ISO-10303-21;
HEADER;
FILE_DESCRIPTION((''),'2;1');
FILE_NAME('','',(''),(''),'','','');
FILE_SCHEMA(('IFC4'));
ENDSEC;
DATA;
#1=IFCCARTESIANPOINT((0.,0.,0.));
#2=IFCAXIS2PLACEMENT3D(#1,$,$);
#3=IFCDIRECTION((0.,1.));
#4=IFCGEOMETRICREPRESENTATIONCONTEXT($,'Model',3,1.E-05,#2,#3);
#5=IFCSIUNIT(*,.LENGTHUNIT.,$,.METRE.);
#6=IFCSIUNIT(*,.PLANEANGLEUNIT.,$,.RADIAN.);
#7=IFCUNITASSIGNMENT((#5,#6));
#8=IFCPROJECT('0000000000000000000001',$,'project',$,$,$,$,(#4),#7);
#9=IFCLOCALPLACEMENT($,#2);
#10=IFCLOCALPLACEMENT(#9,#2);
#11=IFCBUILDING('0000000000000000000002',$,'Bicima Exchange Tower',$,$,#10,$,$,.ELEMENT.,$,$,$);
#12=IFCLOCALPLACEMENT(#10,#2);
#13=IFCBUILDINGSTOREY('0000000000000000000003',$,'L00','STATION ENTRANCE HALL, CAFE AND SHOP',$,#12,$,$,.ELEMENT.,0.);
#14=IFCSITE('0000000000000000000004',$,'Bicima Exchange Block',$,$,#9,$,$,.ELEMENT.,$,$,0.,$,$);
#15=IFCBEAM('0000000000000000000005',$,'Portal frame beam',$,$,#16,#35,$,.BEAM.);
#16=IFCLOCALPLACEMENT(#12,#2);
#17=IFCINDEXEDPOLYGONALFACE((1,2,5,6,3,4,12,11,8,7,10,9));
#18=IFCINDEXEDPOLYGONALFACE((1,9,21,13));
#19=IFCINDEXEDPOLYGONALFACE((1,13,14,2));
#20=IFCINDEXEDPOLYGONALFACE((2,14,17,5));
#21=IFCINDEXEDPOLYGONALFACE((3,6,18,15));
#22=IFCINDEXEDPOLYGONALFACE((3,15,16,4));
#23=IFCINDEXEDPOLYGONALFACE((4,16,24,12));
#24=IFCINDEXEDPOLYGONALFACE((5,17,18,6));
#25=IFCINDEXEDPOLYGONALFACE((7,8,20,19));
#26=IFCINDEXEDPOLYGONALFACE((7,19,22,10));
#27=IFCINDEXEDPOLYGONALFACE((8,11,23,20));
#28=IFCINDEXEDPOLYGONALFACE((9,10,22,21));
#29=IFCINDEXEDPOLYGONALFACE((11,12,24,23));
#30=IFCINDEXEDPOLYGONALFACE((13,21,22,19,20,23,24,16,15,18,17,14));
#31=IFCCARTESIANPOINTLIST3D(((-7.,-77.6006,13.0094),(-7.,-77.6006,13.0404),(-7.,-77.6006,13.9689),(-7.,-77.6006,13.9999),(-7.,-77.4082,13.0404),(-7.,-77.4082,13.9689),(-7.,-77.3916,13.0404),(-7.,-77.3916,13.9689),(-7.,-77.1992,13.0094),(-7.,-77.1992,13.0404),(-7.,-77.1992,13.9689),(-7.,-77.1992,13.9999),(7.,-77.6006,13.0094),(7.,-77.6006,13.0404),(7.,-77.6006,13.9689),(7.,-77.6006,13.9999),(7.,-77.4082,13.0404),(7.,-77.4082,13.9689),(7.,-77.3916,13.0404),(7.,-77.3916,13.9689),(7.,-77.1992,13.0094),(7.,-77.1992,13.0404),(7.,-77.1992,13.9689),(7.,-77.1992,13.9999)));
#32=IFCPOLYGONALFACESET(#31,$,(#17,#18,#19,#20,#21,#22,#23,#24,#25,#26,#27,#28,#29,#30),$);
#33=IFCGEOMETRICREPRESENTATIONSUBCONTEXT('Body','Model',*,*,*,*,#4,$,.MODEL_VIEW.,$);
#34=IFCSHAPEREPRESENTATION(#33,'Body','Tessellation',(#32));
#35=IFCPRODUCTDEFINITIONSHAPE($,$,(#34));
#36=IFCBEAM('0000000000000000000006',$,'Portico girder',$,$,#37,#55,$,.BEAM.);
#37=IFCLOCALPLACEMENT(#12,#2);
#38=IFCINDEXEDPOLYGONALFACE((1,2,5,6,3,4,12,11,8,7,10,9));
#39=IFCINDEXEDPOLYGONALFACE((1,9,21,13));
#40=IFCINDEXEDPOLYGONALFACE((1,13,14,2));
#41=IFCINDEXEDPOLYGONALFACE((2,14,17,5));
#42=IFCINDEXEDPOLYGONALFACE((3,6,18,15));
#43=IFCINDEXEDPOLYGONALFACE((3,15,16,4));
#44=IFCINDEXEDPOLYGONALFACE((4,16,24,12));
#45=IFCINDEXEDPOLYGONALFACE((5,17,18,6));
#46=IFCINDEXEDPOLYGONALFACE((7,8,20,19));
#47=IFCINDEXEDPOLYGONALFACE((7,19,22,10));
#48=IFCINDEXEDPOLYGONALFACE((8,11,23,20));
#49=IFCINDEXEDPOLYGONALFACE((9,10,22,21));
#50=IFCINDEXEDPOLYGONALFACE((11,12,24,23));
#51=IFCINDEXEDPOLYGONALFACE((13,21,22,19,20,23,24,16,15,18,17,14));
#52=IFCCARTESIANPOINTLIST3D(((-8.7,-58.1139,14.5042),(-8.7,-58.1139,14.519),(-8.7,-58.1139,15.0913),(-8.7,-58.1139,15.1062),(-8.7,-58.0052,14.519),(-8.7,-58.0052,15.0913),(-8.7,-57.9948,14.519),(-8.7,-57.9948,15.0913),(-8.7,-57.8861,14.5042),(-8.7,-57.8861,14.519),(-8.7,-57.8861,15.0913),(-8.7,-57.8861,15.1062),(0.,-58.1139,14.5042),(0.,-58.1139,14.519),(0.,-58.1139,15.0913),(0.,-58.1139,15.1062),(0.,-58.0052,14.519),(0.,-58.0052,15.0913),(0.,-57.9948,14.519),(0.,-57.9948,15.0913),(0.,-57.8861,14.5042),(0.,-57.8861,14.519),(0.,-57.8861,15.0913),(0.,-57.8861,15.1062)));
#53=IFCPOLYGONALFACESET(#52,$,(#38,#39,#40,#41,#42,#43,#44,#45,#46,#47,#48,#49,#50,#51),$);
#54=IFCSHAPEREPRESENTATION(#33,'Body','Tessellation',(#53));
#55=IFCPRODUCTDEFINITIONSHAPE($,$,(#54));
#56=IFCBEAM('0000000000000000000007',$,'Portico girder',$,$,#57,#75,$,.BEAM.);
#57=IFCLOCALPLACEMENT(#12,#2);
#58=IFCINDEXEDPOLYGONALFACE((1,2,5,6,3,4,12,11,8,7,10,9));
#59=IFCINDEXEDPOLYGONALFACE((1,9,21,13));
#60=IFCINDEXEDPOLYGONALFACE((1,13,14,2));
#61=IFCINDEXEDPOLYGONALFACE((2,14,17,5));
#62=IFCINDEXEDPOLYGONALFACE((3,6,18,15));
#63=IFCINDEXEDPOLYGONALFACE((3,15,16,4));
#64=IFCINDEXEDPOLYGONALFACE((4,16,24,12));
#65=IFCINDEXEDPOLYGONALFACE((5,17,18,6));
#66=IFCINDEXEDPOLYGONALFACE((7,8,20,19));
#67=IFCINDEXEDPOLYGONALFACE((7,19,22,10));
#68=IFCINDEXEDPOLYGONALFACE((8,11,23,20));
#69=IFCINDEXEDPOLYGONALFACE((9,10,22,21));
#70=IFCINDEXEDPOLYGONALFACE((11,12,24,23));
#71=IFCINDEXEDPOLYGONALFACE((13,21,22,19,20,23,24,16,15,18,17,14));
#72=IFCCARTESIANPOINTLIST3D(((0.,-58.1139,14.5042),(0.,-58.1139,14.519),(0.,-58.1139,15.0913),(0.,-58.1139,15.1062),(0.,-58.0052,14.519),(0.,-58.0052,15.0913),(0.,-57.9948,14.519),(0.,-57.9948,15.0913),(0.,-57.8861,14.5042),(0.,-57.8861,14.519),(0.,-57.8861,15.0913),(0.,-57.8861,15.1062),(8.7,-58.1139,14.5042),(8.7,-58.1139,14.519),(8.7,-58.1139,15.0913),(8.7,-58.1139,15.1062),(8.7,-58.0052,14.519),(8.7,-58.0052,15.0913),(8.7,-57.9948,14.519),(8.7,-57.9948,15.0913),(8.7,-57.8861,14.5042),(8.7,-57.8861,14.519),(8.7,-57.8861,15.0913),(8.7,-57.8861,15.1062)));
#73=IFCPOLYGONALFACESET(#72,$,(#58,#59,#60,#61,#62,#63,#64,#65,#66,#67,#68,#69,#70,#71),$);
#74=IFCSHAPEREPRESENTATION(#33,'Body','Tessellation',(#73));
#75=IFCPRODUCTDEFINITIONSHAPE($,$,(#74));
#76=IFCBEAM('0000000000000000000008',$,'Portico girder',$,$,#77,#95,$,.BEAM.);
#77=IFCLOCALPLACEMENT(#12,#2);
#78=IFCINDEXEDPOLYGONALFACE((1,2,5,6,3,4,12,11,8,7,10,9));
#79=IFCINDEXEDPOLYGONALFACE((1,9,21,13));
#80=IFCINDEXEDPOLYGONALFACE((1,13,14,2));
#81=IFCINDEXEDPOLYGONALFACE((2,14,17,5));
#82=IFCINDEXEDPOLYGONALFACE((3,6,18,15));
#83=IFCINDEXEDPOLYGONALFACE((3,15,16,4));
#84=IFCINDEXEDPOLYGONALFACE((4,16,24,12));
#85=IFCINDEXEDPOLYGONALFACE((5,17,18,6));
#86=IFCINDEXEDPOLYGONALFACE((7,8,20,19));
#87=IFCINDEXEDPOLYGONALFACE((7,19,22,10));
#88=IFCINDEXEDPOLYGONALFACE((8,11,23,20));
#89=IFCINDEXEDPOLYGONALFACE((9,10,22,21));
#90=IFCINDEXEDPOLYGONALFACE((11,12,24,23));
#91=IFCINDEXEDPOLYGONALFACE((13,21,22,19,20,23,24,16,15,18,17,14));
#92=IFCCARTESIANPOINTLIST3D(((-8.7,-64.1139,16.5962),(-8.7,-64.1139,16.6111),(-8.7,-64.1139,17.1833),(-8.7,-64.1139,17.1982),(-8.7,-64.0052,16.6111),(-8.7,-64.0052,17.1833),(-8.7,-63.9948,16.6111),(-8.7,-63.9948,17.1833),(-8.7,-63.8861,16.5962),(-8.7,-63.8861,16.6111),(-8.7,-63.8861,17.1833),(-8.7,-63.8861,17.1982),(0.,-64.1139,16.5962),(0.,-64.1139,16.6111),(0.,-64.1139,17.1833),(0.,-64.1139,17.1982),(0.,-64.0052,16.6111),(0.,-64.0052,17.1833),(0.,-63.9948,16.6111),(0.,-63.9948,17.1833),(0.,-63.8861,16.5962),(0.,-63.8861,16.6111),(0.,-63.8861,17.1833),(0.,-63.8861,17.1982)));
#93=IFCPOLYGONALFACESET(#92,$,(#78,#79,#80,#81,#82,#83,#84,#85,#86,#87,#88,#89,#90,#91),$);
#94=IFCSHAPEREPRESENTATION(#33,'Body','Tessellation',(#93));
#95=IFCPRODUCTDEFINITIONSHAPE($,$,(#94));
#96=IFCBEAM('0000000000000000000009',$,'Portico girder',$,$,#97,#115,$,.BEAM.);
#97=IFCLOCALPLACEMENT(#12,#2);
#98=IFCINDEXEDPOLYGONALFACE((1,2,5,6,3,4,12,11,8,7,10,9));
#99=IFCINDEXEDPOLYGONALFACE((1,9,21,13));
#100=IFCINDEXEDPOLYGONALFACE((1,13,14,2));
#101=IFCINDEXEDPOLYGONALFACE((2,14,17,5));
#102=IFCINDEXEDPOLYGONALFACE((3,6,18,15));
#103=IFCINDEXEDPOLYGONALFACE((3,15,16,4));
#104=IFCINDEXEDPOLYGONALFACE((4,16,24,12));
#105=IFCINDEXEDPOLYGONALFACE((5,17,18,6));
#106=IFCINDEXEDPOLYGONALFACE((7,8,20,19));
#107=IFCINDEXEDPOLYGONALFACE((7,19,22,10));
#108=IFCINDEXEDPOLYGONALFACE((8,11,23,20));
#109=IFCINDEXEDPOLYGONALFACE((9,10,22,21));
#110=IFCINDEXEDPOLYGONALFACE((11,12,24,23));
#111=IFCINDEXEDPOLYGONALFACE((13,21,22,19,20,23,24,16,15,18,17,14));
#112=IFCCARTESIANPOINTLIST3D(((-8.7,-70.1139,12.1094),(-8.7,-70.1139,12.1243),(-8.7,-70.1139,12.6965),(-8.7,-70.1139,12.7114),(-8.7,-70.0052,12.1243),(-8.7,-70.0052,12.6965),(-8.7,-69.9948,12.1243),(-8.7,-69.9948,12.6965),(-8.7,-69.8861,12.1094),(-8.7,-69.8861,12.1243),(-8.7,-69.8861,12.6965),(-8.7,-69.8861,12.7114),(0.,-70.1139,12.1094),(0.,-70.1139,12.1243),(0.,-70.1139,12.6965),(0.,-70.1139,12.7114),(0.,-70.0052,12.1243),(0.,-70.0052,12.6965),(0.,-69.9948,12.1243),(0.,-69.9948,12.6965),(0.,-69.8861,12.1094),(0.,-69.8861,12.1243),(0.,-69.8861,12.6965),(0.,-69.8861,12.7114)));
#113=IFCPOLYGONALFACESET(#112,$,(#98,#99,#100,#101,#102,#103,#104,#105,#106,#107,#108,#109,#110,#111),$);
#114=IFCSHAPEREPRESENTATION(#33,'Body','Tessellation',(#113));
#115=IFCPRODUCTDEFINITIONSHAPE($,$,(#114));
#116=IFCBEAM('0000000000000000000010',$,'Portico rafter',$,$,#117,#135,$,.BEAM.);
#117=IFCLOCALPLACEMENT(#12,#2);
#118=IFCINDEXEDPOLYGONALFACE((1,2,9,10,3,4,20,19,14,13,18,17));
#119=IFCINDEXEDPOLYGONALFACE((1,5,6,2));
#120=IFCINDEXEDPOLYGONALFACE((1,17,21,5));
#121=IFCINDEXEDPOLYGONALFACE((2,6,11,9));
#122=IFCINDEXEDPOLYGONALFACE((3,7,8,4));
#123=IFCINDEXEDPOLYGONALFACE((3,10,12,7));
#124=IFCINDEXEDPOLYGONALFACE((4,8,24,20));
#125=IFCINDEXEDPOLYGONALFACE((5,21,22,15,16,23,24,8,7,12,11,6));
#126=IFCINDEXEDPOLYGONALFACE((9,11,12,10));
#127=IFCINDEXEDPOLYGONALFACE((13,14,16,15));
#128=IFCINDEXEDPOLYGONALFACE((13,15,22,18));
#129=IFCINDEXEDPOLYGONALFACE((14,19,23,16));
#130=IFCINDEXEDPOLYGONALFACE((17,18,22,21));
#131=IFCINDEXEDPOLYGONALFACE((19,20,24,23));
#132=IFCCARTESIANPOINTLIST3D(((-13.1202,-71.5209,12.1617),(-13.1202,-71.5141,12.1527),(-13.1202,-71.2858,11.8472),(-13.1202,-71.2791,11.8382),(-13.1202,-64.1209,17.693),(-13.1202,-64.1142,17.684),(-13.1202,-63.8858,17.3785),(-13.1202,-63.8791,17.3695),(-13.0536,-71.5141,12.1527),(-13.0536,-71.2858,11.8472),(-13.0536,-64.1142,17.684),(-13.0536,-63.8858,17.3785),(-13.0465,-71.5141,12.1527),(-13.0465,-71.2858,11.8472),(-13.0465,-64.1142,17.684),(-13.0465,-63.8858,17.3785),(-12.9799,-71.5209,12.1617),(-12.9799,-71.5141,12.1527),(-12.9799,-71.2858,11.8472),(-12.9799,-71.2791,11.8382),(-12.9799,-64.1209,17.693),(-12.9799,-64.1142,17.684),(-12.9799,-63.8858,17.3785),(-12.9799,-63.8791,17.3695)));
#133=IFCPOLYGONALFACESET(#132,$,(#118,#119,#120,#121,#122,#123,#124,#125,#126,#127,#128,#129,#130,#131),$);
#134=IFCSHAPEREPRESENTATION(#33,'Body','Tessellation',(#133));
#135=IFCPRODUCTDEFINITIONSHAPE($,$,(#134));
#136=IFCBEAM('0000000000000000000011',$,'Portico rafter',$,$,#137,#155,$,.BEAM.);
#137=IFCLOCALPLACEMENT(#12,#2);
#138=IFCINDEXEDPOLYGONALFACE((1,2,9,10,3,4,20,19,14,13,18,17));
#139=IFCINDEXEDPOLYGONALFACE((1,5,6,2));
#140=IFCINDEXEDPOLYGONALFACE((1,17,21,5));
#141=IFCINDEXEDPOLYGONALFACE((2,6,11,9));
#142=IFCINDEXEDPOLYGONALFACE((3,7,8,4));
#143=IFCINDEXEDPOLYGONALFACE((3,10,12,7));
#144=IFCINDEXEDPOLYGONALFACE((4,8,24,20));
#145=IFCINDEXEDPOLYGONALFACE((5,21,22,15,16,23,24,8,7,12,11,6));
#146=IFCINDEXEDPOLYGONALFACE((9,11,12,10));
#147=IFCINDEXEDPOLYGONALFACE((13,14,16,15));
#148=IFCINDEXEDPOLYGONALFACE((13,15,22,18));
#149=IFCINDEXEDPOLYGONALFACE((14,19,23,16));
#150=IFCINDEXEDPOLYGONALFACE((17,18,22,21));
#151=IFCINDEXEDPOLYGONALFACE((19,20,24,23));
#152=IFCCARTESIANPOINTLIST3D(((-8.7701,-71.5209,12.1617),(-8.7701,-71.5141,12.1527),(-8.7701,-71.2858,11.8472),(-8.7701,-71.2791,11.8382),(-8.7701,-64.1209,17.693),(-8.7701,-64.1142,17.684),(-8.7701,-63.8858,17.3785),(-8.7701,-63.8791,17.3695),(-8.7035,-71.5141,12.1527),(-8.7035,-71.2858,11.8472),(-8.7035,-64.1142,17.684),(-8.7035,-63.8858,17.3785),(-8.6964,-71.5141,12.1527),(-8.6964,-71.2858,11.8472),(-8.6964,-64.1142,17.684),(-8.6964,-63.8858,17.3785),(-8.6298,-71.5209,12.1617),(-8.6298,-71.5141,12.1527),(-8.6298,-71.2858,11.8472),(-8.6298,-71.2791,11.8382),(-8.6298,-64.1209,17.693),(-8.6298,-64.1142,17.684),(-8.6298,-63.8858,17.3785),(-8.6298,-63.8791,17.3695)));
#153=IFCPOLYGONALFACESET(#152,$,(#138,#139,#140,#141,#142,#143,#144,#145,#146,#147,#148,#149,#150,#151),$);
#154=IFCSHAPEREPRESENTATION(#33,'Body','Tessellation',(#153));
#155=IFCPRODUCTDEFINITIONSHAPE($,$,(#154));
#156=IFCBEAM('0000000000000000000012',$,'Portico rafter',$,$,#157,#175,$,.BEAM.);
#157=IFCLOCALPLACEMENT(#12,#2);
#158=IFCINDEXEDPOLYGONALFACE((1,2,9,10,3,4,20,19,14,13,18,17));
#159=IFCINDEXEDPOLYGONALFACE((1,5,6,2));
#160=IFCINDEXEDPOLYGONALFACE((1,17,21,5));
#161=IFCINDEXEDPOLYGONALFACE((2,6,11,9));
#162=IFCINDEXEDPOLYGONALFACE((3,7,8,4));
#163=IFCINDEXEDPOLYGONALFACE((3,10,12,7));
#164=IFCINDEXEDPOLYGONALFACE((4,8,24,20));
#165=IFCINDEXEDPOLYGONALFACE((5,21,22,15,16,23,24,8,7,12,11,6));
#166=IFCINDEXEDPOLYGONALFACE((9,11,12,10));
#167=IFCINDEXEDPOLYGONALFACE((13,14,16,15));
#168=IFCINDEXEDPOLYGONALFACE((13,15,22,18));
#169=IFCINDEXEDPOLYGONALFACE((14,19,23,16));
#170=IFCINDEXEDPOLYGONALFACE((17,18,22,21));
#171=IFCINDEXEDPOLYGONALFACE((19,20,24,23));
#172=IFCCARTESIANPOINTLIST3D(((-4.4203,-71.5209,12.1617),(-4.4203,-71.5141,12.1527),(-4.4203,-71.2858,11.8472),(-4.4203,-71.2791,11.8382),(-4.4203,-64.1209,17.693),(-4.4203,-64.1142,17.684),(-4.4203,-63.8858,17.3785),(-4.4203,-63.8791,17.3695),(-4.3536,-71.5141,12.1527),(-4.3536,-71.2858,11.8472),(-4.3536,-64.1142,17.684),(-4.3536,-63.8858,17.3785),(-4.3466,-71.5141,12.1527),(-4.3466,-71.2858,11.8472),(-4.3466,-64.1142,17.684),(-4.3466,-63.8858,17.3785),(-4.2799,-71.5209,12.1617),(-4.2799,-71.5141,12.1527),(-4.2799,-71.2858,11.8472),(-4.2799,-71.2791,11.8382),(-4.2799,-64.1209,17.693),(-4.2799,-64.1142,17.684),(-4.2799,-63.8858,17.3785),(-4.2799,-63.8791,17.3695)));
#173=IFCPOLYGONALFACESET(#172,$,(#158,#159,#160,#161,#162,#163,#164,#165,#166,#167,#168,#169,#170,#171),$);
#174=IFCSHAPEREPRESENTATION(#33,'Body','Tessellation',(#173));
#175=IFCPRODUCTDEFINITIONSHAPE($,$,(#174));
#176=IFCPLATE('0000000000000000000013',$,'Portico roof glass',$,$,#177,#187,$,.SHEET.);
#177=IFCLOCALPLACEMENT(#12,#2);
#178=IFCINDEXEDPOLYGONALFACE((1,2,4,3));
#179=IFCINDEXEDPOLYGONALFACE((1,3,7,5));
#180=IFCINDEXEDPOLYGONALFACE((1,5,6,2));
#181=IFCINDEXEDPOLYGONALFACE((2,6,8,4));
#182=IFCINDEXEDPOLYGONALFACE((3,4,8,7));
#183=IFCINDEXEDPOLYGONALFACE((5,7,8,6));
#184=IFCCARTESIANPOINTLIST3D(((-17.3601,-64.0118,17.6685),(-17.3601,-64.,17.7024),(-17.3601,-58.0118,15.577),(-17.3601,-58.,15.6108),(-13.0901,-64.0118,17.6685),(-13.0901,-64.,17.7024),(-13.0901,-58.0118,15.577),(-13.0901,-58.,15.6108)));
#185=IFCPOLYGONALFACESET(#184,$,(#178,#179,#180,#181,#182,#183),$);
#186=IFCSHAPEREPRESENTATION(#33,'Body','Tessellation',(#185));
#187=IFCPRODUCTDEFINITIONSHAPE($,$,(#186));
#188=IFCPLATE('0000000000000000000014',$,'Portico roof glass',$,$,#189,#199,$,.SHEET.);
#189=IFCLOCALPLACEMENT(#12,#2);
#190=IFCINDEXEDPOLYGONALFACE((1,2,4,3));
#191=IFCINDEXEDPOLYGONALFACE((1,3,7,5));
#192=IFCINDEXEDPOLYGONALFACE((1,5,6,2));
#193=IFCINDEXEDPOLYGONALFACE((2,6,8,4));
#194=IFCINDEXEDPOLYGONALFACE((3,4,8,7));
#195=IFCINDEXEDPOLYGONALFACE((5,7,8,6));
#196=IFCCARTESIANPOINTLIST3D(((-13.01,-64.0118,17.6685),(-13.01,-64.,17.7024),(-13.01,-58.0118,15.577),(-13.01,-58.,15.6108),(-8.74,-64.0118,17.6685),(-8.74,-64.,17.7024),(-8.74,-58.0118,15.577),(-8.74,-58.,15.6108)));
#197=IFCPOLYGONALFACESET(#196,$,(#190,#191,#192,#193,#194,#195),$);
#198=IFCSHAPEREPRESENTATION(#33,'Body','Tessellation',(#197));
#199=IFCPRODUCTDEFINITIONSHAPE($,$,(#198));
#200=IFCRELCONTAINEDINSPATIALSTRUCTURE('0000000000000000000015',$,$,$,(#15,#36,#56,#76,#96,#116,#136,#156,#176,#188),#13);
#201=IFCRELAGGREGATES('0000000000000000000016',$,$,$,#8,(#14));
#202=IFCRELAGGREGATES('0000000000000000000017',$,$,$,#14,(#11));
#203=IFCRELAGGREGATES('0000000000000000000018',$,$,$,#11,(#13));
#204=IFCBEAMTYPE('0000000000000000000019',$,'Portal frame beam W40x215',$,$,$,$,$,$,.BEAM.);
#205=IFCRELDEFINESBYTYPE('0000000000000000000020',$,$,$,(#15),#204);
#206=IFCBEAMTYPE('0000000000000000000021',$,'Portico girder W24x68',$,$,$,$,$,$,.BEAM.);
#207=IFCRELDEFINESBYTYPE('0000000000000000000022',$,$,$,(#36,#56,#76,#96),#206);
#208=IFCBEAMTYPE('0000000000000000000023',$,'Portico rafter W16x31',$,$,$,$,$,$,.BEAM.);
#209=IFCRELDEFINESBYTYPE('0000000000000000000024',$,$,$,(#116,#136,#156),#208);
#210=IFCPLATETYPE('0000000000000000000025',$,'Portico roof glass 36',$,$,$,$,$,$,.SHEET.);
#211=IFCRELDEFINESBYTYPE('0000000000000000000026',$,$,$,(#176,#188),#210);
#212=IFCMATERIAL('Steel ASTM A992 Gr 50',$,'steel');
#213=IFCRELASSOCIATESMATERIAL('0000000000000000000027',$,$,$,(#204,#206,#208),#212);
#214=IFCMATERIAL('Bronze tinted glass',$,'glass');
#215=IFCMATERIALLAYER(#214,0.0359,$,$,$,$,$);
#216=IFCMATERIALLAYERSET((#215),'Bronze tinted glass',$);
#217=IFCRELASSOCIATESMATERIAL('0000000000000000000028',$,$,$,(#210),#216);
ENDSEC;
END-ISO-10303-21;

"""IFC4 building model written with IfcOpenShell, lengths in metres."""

from ifc_helpers import new_model, si_unit, direction, frame, origin, origin_2d, place, context, subcontext, project, spatial, polyline, i_section, outline, extrude, material, layer, layer_set, material_profile, profile_set, type_object, element, save


model = new_model("IFC4")

# Units and contexts
model_context = context("Model", 3, precision=1e-05, world=origin(), true_north=direction((0.0, 1.0)))
body_context = subcontext(model_context, "Body", "Model", "MODEL_VIEW")
ifc_project = project(units=[si_unit("LENGTHUNIT", "METRE"), si_unit("PLANEANGLEUNIT", "RADIAN")], contexts=[model_context])

# Site, building, storey
site_placement = place(None, origin())
site = spatial("IfcSite", under=ifc_project, at=site_placement, Name="Bicima Exchange Block", CompositionType="ELEMENT", RefElevation=0.0)
building_placement = place(site_placement, origin())
building = spatial("IfcBuilding", under=site, at=building_placement, Name="Bicima Exchange Tower", CompositionType="ELEMENT")
storey_placement = place(building_placement, origin())
storey = spatial("IfcBuildingStorey", under=building, at=storey_placement, Name="L00", Description="STATION ENTRANCE HALL, CAFE AND SHOP", CompositionType="ELEMENT", Elevation=0.0)

# Beams
ifc_material_1 = material(Name="Steel ASTM A992 Gr 50", Category="steel")
ifc_material_profile_1 = material_profile(ifc_material_1, i_section(OverallWidth=0.1404, OverallDepth=0.4038, WebThickness=0.0071, FlangeThickness=0.0112, at=origin_2d()))
ifc_profile_set_1 = profile_set([ifc_material_profile_1], Name="Steel ASTM A992 Gr 50")
ifc_material_profile_2 = material_profile(ifc_material_1, i_section(OverallWidth=0.4014, OverallDepth=0.9905, WebThickness=0.0166, FlangeThickness=0.031, at=origin_2d()))
ifc_profile_set_2 = profile_set([ifc_material_profile_2], Name="Steel ASTM A992 Gr 50")
beam_type_1 = type_object("IfcBeamType", Name="Portal frame beam W40x215", PredefinedType="BEAM", material=ifc_profile_set_2)
beam_placement = place(storey_placement, frame((-7.0, -77.3999, 13.5046), z_axis=(1.0, 0.0, 0.0), x_axis=(0.0, 1.0, 0.0)))
element("IfcBeam", 1, at=beam_placement, inside=storey, type_object=beam_type_1, Name="Portal frame beam", PredefinedType="BEAM", context=body_context, shape_type="SweptSolid", body=[
    extrude(i_section(OverallWidth=0.4014, OverallDepth=0.9905, WebThickness=0.0166, FlangeThickness=0.031, at=origin_2d()), origin(), (0.0, 0.0, 1.0), 14.0),
])
ifc_material_profile_3 = material_profile(ifc_material_1, i_section(OverallWidth=0.2278, OverallDepth=0.6021, WebThickness=0.0105, FlangeThickness=0.0149, at=origin_2d()))
ifc_profile_set_3 = profile_set([ifc_material_profile_3], Name="Steel ASTM A992 Gr 50")
beam_type_2 = type_object("IfcBeamType", Name="Portico girder W24x68", PredefinedType="BEAM", material=ifc_profile_set_3)
for number, where, z_axis, x_axis, name in (
    (2, (-8.7, -58.0, 14.8052), (1.0, 0.0, 0.0), (0.0, 1.0, 0.0), "Portico girder"),
    (3, (0.0, -58.0, 14.8052), (1.0, 0.0, 0.0), (0.0, 1.0, 0.0), "Portico girder"),
    (4, (-8.7, -64.0, 16.8972), (1.0, 0.0, 0.0), (0.0, 1.0, 0.0), "Portico girder"),
    (5, (-8.7, -70.0, 12.4104), (1.0, 0.0, 0.0), (0.0, 1.0, 0.0), "Portico girder"),
):
    element("IfcBeam", number, at=place(storey_placement, frame(where, z_axis=z_axis, x_axis=x_axis)), inside=storey, type_object=beam_type_2, Name=name, PredefinedType="BEAM", context=body_context, shape_type="SweptSolid", body=[
        extrude(i_section(OverallWidth=0.2278, OverallDepth=0.6021, WebThickness=0.0105, FlangeThickness=0.0149, at=origin_2d()), origin(), (0.0, 0.0, 1.0), 8.7),
    ])
beam_type_3 = type_object("IfcBeamType", Name="Portico rafter W16x31", PredefinedType="BEAM", material=ifc_profile_set_1)
for number, where, z_axis, x_axis, name in (
    (6, (-13.05, -64.0, 17.5312), (0.0, -0.800969, -0.598705), (1.0, 0.0, 0.0), "Portico rafter"),
    (7, (-8.7, -64.0, 17.5312), (0.0, -0.800969, -0.598705), (1.0, 0.0, 0.0), "Portico rafter"),
    (8, (-4.3501, -64.0, 17.5312), (0.0, -0.800969, -0.598705), (1.0, 0.0, 0.0), "Portico rafter"),
):
    element("IfcBeam", number, at=place(storey_placement, frame(where, z_axis=z_axis, x_axis=x_axis)), inside=storey, type_object=beam_type_3, Name=name, PredefinedType="BEAM", context=body_context, shape_type="SweptSolid", body=[
        extrude(i_section(OverallWidth=0.1404, OverallDepth=0.4038, WebThickness=0.0071, FlangeThickness=0.0112, at=origin_2d()), origin(), (0.0, 0.0, 1.0), 9.2388),
    ])

# Plates
ifc_material_2 = material(Name="Bronze tinted glass", Category="glass")
ifc_layer = layer(ifc_material_2, 0.0359)
ifc_layer_set = layer_set([ifc_layer], Name="Bronze tinted glass")
plate_type = type_object("IfcPlateType", Name="Portico roof glass 36", PredefinedType="SHEET", material=ifc_layer_set)
for number, where, z_axis, x_axis, name in (
    (9, (-17.3601, -58.0, 15.6108), (0.0, 0.329166, 0.944272), (1.0, 0.0, 0.0), "Portico roof glass"),
    (10, (-13.01, -58.0, 15.6108), (0.0, 0.329166, 0.944272), (1.0, 0.0, 0.0), "Portico roof glass"),
):
    element("IfcPlate", number, at=place(storey_placement, frame(where, z_axis=z_axis, x_axis=x_axis)), inside=storey, type_object=plate_type, Name=name, PredefinedType="SHEET", context=body_context, shape_type="SweptSolid", body=[
        extrude(outline(polyline([(0.0, 0.0), (4.27, 0.0), (4.27, -6.3541), (0.0, -6.3541), (0.0, 0.0)])), origin(), (0.0, 0.0, -1.0), 0.0359),
    ])

save(model, "model.ifc")
